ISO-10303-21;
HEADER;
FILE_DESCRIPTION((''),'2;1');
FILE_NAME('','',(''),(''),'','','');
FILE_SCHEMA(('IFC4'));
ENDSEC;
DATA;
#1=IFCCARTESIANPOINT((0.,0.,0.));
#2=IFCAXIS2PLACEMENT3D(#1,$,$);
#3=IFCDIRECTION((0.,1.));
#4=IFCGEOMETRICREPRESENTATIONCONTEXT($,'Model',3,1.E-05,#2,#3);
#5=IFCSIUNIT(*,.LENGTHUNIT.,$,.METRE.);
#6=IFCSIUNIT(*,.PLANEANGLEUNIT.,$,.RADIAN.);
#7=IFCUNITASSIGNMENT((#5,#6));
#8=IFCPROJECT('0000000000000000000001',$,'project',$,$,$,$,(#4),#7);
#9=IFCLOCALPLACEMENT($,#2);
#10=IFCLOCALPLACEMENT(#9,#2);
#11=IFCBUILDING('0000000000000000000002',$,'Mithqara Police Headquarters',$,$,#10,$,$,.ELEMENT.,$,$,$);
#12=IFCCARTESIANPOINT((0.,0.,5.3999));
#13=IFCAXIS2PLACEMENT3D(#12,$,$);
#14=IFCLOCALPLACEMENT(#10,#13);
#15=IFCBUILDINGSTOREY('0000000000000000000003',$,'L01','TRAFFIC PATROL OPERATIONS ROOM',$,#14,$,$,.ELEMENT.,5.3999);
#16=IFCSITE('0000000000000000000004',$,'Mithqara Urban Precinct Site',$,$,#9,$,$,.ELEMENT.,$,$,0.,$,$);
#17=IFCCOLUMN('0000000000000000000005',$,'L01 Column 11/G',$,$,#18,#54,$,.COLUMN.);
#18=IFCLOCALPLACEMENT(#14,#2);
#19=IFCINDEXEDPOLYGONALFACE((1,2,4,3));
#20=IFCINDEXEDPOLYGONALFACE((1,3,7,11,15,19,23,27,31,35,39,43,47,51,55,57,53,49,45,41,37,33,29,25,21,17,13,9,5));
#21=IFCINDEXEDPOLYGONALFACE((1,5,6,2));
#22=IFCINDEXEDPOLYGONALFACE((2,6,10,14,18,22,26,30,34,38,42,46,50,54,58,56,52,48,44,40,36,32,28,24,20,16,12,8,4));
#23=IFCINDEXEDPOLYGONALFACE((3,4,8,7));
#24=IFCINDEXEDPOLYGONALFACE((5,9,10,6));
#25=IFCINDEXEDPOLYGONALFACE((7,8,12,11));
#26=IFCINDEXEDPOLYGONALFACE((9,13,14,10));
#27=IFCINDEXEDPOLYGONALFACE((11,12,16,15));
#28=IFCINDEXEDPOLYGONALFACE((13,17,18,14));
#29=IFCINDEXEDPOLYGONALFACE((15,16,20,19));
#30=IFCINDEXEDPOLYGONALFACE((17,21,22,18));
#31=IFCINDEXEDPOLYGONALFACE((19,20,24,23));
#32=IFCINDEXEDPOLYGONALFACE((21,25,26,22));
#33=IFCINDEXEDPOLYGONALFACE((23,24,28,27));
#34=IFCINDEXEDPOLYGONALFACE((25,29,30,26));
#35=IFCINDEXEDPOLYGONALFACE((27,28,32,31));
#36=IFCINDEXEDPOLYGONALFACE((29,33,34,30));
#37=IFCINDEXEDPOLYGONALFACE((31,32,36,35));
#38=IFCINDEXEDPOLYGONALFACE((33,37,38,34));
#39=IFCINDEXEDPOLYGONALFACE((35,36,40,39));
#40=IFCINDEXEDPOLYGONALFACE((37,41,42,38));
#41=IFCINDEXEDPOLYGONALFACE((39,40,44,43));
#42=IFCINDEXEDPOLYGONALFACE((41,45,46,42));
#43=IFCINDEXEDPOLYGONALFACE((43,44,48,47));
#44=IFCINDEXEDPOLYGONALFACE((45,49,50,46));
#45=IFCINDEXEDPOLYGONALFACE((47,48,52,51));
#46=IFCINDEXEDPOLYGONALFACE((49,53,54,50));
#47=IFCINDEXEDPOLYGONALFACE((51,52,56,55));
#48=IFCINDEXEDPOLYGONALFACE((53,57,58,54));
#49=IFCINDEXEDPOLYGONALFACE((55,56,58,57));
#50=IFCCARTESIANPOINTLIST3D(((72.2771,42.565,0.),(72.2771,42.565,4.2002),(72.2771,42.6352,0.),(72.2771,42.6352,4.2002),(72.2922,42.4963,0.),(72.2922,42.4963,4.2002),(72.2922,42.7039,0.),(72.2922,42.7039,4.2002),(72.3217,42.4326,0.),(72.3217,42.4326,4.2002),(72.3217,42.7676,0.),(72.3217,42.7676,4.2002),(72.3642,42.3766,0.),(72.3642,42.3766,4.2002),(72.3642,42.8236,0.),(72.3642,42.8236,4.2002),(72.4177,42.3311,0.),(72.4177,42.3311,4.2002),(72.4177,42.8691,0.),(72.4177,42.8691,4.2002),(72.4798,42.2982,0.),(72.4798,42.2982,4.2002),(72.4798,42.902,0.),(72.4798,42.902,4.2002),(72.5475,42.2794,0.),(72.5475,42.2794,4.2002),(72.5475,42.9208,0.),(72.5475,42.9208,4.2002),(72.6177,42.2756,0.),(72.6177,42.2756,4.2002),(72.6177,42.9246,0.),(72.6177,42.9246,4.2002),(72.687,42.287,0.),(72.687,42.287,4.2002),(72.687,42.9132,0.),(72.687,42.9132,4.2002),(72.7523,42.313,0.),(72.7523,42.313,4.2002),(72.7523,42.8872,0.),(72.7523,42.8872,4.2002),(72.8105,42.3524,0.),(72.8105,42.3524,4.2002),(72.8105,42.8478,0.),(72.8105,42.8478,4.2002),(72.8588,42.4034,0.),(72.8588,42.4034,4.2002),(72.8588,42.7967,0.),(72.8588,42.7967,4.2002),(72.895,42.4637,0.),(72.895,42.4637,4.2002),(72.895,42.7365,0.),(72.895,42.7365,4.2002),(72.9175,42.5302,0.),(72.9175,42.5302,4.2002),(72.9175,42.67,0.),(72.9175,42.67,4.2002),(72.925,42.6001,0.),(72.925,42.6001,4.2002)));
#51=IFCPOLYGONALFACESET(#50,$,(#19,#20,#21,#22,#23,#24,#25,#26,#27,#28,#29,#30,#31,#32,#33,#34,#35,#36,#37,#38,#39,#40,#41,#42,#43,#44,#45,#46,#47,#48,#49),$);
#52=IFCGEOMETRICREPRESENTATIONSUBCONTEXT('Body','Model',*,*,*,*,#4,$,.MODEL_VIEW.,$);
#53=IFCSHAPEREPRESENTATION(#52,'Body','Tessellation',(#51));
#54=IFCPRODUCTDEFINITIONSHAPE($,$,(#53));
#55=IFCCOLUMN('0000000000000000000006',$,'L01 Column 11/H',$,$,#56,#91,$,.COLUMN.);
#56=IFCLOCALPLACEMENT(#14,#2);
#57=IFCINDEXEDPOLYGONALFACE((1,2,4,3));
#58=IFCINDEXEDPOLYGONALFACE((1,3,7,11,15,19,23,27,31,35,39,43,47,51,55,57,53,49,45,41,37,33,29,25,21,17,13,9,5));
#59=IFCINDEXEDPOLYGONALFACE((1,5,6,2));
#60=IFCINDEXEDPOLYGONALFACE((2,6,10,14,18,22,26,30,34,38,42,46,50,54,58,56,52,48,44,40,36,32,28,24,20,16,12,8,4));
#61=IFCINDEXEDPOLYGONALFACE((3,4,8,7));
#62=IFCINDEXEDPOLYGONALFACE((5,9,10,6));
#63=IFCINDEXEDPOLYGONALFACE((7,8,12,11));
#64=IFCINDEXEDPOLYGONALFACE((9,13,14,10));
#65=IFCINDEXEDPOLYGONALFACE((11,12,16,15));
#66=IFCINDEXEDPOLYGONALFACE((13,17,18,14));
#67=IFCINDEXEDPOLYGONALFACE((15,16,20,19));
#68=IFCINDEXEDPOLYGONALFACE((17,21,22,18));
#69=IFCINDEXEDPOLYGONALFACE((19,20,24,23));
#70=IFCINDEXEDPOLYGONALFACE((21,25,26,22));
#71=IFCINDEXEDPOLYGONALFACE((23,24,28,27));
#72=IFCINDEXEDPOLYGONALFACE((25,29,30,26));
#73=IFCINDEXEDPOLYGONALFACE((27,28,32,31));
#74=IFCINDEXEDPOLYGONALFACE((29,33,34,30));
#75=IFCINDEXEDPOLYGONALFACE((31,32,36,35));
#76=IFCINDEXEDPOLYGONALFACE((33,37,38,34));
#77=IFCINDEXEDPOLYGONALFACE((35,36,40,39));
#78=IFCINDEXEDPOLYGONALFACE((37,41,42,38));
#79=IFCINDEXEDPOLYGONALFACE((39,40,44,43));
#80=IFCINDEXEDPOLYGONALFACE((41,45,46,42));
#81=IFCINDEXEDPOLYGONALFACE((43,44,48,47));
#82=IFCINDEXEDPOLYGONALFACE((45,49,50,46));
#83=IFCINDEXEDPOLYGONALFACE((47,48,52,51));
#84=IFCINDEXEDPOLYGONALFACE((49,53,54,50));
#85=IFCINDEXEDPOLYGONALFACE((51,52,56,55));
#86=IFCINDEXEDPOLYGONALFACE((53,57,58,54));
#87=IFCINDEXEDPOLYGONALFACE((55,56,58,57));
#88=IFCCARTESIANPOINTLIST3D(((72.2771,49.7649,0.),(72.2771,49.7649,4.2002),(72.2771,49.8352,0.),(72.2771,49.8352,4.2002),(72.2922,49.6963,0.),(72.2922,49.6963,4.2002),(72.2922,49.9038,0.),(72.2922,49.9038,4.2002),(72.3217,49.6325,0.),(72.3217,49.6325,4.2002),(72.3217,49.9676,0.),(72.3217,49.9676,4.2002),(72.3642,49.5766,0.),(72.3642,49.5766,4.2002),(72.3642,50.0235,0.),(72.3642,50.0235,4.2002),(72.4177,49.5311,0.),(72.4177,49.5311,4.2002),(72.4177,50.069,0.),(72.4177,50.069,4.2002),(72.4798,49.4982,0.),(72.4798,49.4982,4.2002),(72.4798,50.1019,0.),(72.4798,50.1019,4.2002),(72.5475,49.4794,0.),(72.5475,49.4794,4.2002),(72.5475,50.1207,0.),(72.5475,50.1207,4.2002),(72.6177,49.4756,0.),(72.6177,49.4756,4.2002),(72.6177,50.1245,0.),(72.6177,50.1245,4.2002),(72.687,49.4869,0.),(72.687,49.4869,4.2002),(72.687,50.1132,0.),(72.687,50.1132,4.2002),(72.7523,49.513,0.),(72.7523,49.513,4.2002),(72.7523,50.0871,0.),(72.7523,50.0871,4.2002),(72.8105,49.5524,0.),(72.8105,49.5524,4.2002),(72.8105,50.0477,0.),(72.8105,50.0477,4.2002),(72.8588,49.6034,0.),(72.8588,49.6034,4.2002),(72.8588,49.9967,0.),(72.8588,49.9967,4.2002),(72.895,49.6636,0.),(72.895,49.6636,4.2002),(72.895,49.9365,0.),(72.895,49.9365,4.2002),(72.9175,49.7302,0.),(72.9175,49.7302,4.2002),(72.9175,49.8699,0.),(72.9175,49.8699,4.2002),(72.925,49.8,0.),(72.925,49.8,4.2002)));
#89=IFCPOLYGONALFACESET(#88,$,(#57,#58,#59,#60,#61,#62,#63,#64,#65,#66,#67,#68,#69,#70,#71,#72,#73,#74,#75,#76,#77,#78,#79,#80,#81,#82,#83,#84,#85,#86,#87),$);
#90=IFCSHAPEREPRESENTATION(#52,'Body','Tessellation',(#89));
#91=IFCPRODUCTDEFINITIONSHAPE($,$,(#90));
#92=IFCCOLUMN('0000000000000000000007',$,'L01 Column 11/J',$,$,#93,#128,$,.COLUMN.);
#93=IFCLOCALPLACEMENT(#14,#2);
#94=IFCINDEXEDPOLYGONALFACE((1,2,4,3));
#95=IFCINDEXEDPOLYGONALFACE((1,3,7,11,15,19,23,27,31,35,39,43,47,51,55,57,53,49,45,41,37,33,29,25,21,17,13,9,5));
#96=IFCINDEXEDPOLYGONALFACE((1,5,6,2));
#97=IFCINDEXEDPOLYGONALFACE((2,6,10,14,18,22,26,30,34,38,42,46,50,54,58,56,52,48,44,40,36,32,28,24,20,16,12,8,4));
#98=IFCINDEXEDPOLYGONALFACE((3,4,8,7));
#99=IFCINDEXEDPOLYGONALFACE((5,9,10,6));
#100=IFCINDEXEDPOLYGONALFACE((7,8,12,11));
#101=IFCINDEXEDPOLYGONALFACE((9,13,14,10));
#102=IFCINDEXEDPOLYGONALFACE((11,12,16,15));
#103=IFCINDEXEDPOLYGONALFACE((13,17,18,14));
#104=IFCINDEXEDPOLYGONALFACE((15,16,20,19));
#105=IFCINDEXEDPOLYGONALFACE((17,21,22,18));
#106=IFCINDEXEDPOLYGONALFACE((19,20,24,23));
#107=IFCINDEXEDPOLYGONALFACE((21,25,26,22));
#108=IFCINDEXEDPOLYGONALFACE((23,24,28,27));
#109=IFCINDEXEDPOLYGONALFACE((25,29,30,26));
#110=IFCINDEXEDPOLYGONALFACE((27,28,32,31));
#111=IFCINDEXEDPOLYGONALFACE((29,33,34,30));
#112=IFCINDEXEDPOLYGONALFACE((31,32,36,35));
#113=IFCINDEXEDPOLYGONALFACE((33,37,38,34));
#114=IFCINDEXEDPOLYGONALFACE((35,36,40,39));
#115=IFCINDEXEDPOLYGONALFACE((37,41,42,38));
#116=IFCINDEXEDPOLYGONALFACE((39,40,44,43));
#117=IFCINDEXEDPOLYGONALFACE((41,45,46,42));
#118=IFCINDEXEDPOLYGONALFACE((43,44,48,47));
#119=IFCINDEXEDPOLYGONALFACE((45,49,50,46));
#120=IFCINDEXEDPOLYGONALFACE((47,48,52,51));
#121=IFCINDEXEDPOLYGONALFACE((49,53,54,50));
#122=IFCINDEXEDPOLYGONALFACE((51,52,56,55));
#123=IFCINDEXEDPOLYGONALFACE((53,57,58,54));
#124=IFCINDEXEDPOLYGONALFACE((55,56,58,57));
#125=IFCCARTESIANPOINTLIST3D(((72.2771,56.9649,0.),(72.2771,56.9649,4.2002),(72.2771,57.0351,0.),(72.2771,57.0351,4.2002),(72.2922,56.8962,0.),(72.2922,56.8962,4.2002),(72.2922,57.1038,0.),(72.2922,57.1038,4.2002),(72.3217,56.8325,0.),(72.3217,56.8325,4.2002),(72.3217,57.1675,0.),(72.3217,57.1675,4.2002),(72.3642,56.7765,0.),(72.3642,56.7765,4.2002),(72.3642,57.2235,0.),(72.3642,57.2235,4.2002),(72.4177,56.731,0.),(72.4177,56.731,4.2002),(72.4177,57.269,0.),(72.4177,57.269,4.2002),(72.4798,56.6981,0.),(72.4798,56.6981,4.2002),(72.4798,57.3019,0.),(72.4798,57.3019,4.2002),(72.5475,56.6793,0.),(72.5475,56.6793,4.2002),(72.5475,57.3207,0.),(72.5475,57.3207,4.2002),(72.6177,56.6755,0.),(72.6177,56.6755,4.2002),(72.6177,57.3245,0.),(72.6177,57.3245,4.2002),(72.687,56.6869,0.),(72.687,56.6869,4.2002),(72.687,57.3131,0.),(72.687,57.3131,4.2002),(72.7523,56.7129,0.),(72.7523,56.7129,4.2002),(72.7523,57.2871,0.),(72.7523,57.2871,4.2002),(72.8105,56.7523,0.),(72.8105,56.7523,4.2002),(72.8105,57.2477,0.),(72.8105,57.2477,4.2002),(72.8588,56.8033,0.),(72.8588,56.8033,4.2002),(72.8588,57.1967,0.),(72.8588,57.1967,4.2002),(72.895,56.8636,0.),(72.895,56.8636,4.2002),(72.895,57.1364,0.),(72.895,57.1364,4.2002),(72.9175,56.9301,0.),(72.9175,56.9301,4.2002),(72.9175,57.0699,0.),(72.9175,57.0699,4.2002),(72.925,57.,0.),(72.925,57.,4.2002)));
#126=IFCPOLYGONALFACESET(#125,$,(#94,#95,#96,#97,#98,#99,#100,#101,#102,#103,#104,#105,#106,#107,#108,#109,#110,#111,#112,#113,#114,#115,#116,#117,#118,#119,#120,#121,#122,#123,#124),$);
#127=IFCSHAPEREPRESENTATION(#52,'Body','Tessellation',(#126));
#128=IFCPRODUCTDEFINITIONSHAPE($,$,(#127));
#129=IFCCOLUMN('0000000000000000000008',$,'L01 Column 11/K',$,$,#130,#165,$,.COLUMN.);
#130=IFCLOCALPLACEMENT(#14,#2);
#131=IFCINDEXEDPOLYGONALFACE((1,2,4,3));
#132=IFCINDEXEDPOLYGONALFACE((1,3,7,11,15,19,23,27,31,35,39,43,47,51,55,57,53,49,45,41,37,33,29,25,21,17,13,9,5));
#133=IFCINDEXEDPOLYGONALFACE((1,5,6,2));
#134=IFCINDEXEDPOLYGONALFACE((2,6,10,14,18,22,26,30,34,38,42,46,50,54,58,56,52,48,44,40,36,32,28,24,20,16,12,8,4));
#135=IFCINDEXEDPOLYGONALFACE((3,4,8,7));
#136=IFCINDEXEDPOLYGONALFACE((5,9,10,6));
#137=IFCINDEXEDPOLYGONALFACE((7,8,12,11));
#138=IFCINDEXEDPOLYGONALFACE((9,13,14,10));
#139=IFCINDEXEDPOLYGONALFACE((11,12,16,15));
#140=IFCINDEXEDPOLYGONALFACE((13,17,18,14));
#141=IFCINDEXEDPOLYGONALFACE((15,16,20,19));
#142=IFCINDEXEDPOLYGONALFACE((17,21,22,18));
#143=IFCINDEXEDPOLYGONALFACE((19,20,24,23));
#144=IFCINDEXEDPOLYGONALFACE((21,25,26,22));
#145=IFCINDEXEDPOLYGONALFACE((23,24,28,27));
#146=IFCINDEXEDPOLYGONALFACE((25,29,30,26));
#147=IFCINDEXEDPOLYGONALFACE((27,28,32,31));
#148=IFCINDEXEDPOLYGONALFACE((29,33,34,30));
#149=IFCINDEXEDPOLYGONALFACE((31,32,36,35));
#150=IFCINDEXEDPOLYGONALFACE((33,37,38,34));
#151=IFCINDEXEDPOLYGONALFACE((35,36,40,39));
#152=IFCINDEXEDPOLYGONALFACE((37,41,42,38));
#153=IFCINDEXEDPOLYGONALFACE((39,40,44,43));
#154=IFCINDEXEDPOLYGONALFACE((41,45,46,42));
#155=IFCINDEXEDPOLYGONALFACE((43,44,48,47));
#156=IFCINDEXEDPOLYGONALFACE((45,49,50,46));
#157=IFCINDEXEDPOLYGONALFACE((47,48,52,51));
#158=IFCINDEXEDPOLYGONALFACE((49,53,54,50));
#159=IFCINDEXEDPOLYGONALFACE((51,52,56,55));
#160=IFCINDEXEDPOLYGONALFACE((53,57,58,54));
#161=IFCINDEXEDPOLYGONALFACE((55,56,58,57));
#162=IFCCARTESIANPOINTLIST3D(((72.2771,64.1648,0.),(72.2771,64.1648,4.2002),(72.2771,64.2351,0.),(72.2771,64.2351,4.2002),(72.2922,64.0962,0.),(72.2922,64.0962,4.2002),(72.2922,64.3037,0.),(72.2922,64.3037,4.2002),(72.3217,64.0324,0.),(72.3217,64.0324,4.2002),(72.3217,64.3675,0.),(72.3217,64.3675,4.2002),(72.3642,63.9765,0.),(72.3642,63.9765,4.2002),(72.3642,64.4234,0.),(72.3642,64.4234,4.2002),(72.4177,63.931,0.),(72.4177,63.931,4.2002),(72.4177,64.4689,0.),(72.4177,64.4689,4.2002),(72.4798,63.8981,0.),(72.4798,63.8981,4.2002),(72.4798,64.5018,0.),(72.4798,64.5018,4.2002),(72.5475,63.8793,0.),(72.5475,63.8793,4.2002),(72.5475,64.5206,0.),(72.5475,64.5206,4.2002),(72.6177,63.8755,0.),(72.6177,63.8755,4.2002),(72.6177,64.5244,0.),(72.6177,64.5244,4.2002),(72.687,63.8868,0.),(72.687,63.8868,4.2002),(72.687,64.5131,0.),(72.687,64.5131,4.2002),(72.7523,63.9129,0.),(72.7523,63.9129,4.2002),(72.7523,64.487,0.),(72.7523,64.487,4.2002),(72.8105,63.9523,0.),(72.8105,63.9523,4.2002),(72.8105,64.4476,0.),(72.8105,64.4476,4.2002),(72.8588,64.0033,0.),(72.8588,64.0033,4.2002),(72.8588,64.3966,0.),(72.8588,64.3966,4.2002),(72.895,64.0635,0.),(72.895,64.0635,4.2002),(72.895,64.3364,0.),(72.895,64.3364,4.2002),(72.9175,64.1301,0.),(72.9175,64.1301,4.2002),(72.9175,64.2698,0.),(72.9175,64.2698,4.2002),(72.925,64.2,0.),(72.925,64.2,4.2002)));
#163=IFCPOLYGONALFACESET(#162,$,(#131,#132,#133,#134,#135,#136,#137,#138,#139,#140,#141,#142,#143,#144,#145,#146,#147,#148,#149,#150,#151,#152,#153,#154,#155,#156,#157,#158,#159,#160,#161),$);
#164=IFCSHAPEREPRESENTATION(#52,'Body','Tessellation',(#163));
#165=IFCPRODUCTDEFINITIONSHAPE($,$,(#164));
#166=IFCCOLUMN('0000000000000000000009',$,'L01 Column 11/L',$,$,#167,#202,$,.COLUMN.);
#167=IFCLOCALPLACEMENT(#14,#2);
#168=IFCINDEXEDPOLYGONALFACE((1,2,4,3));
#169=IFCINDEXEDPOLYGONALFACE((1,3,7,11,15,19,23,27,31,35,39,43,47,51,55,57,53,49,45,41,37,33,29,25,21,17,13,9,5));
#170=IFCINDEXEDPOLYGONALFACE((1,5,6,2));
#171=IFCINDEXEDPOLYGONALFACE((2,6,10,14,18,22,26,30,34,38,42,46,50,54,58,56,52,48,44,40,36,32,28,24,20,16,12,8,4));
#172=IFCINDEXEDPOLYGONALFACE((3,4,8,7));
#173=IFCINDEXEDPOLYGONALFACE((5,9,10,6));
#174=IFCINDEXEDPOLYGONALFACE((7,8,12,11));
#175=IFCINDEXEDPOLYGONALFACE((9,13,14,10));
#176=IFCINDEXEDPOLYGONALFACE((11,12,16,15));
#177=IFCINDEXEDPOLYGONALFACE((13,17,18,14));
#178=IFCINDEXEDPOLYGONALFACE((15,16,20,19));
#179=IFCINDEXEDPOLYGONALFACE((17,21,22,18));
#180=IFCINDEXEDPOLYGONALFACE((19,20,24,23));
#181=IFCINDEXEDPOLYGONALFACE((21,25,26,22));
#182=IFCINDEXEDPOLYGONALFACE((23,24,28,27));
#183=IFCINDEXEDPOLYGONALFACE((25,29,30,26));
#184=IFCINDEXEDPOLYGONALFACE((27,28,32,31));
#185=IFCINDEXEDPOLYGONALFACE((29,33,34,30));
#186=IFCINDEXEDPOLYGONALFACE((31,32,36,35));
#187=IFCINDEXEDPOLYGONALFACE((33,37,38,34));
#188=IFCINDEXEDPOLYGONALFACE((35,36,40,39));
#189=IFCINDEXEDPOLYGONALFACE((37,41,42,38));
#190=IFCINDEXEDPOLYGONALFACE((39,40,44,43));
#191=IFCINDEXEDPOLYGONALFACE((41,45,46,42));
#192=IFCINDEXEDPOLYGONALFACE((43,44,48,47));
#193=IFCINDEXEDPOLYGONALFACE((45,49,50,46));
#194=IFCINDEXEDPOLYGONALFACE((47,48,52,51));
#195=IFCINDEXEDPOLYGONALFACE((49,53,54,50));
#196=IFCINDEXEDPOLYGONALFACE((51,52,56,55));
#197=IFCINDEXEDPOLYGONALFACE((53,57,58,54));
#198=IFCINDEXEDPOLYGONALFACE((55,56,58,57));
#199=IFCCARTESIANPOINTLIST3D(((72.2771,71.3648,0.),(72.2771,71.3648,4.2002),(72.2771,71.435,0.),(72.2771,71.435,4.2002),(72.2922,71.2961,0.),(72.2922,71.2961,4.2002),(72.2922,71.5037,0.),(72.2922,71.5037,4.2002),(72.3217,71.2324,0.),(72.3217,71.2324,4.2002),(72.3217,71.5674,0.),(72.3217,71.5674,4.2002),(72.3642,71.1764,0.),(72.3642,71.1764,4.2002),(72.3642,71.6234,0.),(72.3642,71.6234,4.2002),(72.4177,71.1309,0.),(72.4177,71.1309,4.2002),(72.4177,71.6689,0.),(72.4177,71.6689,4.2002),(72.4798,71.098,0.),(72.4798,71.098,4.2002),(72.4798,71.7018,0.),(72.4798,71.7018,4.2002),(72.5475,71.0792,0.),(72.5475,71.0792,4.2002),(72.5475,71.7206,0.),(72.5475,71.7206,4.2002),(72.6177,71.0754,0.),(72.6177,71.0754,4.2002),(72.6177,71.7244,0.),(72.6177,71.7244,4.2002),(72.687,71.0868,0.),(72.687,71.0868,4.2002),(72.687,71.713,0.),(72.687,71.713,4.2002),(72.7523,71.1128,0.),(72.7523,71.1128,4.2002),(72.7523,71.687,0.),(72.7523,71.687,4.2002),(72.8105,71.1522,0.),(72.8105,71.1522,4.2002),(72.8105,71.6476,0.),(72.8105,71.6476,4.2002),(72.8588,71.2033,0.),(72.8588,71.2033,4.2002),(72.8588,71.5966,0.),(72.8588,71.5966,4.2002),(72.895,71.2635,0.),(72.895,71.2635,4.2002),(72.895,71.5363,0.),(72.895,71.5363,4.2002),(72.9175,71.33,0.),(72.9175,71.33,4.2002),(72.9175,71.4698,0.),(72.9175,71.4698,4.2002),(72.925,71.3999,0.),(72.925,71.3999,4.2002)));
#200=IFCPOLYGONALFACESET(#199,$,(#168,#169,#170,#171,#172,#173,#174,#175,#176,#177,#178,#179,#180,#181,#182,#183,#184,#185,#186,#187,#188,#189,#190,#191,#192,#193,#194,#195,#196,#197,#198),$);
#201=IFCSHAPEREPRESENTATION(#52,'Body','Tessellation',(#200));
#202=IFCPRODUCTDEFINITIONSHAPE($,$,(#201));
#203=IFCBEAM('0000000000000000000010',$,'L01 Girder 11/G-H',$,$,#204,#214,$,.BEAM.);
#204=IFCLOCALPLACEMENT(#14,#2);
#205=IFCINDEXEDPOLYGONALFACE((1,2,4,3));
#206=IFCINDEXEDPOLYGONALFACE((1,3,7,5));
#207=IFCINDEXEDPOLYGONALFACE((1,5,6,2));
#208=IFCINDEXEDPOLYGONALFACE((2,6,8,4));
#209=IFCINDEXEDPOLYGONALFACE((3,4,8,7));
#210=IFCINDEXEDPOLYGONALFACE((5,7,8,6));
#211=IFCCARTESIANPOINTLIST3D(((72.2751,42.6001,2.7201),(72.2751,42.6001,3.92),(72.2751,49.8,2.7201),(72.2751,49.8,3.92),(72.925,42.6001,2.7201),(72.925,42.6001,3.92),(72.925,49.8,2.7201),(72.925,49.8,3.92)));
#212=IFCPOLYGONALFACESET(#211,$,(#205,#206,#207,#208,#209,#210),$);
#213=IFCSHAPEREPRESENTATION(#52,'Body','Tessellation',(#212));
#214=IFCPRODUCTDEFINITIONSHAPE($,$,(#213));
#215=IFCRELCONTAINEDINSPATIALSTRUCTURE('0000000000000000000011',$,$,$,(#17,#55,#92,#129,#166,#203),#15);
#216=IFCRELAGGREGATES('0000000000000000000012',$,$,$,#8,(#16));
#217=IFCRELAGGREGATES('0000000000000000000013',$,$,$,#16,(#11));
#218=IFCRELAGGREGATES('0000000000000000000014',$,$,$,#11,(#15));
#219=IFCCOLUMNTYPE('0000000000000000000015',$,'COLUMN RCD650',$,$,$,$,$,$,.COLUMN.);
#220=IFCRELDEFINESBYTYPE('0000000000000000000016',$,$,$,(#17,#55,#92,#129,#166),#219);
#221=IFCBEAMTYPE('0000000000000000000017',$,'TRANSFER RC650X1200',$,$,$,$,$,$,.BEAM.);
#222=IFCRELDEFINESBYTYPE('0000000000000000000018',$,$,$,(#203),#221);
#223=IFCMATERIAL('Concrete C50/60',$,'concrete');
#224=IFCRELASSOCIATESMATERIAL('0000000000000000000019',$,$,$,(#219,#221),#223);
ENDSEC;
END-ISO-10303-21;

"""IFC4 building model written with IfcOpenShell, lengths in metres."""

from ifc_helpers import new_model, si_unit, direction, frame, origin, origin_2d, place, context, subcontext, project, spatial, rectangle, circle, extrude, material, material_profile, profile_set, type_object, element, save


model = new_model("IFC4")

# Units and contexts
model_context = context("Model", 3, precision=1e-05, world=origin(), true_north=direction((0.0, 1.0)))
body_context = subcontext(model_context, "Body", "Model", "MODEL_VIEW")
ifc_project = project(units=[si_unit("LENGTHUNIT", "METRE"), si_unit("PLANEANGLEUNIT", "RADIAN")], contexts=[model_context])

# Site, building, storey
site_placement = place(None, origin())
site = spatial("IfcSite", under=ifc_project, at=site_placement, Name="Mithqara Urban Precinct Site", CompositionType="ELEMENT", RefElevation=0.0)
building_placement = place(site_placement, origin())
building = spatial("IfcBuilding", under=site, at=building_placement, Name="Mithqara Police Headquarters", CompositionType="ELEMENT")
storey_placement = place(building_placement, frame((0.0, 0.0, 5.3999)))
storey = spatial("IfcBuildingStorey", under=building, at=storey_placement, Name="L01", Description="TRAFFIC PATROL OPERATIONS ROOM", CompositionType="ELEMENT", Elevation=5.3999)

# Columns
ifc_material_1 = material(Name="Concrete C50/60", Category="concrete")
ifc_material_profile_1 = material_profile(ifc_material_1, circle(Radius=0.325, at=origin_2d()), Name="RCD 650")
ifc_profile_set_1 = profile_set([ifc_material_profile_1], Name="Concrete C50/60")
column_type = type_object("IfcColumnType", Name="COLUMN RCD650", PredefinedType="COLUMN", material=ifc_profile_set_1)
for number, where, z_axis, x_axis, name in (
    (1, (72.6001, 42.6001, 0.0), (0.0, 0.0, 1.0), (1.0, 0.0, 0.0), "L01 Column 11/G"),
    (2, (72.6001, 49.8, 0.0), (0.0, 0.0, 1.0), (1.0, 0.0, 0.0), "L01 Column 11/H"),
    (3, (72.6001, 57.0, 0.0), (0.0, 0.0, 1.0), (1.0, 0.0, 0.0), "L01 Column 11/J"),
    (4, (72.6001, 64.2, 0.0), (0.0, 0.0, 1.0), (1.0, 0.0, 0.0), "L01 Column 11/K"),
    (5, (72.6001, 71.3999, 0.0), (0.0, 0.0, 1.0), (1.0, 0.0, 0.0), "L01 Column 11/L"),
):
    element("IfcColumn", number, at=place(storey_placement, frame(where, z_axis=z_axis, x_axis=x_axis)), inside=storey, type_object=column_type, Name=name, PredefinedType="COLUMN", context=body_context, shape_type="SweptSolid", body=[
        extrude(circle(Radius=0.325, at=origin_2d()), origin(), (0.0, 0.0, 1.0), 4.2002),
    ])

# Beam
ifc_material_profile_2 = material_profile(ifc_material_1, rectangle(XDim=0.6499, YDim=1.2, at=origin_2d()), Name="RC 650x1200")
ifc_profile_set_2 = profile_set([ifc_material_profile_2], Name="Concrete C50/60")
beam_type = type_object("IfcBeamType", Name="TRANSFER RC650X1200", PredefinedType="BEAM", material=ifc_profile_set_2)
for number, where, z_axis, x_axis, name in (
    (6, (72.6001, 42.6001, 3.3201), (0.0, 1.0, 0.0), (-1.0, 0.0, 0.0), "L01 Girder 11/G-H"),
):
    element("IfcBeam", number, at=place(storey_placement, frame(where, z_axis=z_axis, x_axis=x_axis)), inside=storey, type_object=beam_type, Name=name, PredefinedType="BEAM", context=body_context, shape_type="SweptSolid", body=[
        extrude(rectangle(XDim=0.6499, YDim=1.2, at=origin_2d()), origin(), (0.0, 0.0, 1.0), 7.2),
    ])

save(model, "model.ifc")
